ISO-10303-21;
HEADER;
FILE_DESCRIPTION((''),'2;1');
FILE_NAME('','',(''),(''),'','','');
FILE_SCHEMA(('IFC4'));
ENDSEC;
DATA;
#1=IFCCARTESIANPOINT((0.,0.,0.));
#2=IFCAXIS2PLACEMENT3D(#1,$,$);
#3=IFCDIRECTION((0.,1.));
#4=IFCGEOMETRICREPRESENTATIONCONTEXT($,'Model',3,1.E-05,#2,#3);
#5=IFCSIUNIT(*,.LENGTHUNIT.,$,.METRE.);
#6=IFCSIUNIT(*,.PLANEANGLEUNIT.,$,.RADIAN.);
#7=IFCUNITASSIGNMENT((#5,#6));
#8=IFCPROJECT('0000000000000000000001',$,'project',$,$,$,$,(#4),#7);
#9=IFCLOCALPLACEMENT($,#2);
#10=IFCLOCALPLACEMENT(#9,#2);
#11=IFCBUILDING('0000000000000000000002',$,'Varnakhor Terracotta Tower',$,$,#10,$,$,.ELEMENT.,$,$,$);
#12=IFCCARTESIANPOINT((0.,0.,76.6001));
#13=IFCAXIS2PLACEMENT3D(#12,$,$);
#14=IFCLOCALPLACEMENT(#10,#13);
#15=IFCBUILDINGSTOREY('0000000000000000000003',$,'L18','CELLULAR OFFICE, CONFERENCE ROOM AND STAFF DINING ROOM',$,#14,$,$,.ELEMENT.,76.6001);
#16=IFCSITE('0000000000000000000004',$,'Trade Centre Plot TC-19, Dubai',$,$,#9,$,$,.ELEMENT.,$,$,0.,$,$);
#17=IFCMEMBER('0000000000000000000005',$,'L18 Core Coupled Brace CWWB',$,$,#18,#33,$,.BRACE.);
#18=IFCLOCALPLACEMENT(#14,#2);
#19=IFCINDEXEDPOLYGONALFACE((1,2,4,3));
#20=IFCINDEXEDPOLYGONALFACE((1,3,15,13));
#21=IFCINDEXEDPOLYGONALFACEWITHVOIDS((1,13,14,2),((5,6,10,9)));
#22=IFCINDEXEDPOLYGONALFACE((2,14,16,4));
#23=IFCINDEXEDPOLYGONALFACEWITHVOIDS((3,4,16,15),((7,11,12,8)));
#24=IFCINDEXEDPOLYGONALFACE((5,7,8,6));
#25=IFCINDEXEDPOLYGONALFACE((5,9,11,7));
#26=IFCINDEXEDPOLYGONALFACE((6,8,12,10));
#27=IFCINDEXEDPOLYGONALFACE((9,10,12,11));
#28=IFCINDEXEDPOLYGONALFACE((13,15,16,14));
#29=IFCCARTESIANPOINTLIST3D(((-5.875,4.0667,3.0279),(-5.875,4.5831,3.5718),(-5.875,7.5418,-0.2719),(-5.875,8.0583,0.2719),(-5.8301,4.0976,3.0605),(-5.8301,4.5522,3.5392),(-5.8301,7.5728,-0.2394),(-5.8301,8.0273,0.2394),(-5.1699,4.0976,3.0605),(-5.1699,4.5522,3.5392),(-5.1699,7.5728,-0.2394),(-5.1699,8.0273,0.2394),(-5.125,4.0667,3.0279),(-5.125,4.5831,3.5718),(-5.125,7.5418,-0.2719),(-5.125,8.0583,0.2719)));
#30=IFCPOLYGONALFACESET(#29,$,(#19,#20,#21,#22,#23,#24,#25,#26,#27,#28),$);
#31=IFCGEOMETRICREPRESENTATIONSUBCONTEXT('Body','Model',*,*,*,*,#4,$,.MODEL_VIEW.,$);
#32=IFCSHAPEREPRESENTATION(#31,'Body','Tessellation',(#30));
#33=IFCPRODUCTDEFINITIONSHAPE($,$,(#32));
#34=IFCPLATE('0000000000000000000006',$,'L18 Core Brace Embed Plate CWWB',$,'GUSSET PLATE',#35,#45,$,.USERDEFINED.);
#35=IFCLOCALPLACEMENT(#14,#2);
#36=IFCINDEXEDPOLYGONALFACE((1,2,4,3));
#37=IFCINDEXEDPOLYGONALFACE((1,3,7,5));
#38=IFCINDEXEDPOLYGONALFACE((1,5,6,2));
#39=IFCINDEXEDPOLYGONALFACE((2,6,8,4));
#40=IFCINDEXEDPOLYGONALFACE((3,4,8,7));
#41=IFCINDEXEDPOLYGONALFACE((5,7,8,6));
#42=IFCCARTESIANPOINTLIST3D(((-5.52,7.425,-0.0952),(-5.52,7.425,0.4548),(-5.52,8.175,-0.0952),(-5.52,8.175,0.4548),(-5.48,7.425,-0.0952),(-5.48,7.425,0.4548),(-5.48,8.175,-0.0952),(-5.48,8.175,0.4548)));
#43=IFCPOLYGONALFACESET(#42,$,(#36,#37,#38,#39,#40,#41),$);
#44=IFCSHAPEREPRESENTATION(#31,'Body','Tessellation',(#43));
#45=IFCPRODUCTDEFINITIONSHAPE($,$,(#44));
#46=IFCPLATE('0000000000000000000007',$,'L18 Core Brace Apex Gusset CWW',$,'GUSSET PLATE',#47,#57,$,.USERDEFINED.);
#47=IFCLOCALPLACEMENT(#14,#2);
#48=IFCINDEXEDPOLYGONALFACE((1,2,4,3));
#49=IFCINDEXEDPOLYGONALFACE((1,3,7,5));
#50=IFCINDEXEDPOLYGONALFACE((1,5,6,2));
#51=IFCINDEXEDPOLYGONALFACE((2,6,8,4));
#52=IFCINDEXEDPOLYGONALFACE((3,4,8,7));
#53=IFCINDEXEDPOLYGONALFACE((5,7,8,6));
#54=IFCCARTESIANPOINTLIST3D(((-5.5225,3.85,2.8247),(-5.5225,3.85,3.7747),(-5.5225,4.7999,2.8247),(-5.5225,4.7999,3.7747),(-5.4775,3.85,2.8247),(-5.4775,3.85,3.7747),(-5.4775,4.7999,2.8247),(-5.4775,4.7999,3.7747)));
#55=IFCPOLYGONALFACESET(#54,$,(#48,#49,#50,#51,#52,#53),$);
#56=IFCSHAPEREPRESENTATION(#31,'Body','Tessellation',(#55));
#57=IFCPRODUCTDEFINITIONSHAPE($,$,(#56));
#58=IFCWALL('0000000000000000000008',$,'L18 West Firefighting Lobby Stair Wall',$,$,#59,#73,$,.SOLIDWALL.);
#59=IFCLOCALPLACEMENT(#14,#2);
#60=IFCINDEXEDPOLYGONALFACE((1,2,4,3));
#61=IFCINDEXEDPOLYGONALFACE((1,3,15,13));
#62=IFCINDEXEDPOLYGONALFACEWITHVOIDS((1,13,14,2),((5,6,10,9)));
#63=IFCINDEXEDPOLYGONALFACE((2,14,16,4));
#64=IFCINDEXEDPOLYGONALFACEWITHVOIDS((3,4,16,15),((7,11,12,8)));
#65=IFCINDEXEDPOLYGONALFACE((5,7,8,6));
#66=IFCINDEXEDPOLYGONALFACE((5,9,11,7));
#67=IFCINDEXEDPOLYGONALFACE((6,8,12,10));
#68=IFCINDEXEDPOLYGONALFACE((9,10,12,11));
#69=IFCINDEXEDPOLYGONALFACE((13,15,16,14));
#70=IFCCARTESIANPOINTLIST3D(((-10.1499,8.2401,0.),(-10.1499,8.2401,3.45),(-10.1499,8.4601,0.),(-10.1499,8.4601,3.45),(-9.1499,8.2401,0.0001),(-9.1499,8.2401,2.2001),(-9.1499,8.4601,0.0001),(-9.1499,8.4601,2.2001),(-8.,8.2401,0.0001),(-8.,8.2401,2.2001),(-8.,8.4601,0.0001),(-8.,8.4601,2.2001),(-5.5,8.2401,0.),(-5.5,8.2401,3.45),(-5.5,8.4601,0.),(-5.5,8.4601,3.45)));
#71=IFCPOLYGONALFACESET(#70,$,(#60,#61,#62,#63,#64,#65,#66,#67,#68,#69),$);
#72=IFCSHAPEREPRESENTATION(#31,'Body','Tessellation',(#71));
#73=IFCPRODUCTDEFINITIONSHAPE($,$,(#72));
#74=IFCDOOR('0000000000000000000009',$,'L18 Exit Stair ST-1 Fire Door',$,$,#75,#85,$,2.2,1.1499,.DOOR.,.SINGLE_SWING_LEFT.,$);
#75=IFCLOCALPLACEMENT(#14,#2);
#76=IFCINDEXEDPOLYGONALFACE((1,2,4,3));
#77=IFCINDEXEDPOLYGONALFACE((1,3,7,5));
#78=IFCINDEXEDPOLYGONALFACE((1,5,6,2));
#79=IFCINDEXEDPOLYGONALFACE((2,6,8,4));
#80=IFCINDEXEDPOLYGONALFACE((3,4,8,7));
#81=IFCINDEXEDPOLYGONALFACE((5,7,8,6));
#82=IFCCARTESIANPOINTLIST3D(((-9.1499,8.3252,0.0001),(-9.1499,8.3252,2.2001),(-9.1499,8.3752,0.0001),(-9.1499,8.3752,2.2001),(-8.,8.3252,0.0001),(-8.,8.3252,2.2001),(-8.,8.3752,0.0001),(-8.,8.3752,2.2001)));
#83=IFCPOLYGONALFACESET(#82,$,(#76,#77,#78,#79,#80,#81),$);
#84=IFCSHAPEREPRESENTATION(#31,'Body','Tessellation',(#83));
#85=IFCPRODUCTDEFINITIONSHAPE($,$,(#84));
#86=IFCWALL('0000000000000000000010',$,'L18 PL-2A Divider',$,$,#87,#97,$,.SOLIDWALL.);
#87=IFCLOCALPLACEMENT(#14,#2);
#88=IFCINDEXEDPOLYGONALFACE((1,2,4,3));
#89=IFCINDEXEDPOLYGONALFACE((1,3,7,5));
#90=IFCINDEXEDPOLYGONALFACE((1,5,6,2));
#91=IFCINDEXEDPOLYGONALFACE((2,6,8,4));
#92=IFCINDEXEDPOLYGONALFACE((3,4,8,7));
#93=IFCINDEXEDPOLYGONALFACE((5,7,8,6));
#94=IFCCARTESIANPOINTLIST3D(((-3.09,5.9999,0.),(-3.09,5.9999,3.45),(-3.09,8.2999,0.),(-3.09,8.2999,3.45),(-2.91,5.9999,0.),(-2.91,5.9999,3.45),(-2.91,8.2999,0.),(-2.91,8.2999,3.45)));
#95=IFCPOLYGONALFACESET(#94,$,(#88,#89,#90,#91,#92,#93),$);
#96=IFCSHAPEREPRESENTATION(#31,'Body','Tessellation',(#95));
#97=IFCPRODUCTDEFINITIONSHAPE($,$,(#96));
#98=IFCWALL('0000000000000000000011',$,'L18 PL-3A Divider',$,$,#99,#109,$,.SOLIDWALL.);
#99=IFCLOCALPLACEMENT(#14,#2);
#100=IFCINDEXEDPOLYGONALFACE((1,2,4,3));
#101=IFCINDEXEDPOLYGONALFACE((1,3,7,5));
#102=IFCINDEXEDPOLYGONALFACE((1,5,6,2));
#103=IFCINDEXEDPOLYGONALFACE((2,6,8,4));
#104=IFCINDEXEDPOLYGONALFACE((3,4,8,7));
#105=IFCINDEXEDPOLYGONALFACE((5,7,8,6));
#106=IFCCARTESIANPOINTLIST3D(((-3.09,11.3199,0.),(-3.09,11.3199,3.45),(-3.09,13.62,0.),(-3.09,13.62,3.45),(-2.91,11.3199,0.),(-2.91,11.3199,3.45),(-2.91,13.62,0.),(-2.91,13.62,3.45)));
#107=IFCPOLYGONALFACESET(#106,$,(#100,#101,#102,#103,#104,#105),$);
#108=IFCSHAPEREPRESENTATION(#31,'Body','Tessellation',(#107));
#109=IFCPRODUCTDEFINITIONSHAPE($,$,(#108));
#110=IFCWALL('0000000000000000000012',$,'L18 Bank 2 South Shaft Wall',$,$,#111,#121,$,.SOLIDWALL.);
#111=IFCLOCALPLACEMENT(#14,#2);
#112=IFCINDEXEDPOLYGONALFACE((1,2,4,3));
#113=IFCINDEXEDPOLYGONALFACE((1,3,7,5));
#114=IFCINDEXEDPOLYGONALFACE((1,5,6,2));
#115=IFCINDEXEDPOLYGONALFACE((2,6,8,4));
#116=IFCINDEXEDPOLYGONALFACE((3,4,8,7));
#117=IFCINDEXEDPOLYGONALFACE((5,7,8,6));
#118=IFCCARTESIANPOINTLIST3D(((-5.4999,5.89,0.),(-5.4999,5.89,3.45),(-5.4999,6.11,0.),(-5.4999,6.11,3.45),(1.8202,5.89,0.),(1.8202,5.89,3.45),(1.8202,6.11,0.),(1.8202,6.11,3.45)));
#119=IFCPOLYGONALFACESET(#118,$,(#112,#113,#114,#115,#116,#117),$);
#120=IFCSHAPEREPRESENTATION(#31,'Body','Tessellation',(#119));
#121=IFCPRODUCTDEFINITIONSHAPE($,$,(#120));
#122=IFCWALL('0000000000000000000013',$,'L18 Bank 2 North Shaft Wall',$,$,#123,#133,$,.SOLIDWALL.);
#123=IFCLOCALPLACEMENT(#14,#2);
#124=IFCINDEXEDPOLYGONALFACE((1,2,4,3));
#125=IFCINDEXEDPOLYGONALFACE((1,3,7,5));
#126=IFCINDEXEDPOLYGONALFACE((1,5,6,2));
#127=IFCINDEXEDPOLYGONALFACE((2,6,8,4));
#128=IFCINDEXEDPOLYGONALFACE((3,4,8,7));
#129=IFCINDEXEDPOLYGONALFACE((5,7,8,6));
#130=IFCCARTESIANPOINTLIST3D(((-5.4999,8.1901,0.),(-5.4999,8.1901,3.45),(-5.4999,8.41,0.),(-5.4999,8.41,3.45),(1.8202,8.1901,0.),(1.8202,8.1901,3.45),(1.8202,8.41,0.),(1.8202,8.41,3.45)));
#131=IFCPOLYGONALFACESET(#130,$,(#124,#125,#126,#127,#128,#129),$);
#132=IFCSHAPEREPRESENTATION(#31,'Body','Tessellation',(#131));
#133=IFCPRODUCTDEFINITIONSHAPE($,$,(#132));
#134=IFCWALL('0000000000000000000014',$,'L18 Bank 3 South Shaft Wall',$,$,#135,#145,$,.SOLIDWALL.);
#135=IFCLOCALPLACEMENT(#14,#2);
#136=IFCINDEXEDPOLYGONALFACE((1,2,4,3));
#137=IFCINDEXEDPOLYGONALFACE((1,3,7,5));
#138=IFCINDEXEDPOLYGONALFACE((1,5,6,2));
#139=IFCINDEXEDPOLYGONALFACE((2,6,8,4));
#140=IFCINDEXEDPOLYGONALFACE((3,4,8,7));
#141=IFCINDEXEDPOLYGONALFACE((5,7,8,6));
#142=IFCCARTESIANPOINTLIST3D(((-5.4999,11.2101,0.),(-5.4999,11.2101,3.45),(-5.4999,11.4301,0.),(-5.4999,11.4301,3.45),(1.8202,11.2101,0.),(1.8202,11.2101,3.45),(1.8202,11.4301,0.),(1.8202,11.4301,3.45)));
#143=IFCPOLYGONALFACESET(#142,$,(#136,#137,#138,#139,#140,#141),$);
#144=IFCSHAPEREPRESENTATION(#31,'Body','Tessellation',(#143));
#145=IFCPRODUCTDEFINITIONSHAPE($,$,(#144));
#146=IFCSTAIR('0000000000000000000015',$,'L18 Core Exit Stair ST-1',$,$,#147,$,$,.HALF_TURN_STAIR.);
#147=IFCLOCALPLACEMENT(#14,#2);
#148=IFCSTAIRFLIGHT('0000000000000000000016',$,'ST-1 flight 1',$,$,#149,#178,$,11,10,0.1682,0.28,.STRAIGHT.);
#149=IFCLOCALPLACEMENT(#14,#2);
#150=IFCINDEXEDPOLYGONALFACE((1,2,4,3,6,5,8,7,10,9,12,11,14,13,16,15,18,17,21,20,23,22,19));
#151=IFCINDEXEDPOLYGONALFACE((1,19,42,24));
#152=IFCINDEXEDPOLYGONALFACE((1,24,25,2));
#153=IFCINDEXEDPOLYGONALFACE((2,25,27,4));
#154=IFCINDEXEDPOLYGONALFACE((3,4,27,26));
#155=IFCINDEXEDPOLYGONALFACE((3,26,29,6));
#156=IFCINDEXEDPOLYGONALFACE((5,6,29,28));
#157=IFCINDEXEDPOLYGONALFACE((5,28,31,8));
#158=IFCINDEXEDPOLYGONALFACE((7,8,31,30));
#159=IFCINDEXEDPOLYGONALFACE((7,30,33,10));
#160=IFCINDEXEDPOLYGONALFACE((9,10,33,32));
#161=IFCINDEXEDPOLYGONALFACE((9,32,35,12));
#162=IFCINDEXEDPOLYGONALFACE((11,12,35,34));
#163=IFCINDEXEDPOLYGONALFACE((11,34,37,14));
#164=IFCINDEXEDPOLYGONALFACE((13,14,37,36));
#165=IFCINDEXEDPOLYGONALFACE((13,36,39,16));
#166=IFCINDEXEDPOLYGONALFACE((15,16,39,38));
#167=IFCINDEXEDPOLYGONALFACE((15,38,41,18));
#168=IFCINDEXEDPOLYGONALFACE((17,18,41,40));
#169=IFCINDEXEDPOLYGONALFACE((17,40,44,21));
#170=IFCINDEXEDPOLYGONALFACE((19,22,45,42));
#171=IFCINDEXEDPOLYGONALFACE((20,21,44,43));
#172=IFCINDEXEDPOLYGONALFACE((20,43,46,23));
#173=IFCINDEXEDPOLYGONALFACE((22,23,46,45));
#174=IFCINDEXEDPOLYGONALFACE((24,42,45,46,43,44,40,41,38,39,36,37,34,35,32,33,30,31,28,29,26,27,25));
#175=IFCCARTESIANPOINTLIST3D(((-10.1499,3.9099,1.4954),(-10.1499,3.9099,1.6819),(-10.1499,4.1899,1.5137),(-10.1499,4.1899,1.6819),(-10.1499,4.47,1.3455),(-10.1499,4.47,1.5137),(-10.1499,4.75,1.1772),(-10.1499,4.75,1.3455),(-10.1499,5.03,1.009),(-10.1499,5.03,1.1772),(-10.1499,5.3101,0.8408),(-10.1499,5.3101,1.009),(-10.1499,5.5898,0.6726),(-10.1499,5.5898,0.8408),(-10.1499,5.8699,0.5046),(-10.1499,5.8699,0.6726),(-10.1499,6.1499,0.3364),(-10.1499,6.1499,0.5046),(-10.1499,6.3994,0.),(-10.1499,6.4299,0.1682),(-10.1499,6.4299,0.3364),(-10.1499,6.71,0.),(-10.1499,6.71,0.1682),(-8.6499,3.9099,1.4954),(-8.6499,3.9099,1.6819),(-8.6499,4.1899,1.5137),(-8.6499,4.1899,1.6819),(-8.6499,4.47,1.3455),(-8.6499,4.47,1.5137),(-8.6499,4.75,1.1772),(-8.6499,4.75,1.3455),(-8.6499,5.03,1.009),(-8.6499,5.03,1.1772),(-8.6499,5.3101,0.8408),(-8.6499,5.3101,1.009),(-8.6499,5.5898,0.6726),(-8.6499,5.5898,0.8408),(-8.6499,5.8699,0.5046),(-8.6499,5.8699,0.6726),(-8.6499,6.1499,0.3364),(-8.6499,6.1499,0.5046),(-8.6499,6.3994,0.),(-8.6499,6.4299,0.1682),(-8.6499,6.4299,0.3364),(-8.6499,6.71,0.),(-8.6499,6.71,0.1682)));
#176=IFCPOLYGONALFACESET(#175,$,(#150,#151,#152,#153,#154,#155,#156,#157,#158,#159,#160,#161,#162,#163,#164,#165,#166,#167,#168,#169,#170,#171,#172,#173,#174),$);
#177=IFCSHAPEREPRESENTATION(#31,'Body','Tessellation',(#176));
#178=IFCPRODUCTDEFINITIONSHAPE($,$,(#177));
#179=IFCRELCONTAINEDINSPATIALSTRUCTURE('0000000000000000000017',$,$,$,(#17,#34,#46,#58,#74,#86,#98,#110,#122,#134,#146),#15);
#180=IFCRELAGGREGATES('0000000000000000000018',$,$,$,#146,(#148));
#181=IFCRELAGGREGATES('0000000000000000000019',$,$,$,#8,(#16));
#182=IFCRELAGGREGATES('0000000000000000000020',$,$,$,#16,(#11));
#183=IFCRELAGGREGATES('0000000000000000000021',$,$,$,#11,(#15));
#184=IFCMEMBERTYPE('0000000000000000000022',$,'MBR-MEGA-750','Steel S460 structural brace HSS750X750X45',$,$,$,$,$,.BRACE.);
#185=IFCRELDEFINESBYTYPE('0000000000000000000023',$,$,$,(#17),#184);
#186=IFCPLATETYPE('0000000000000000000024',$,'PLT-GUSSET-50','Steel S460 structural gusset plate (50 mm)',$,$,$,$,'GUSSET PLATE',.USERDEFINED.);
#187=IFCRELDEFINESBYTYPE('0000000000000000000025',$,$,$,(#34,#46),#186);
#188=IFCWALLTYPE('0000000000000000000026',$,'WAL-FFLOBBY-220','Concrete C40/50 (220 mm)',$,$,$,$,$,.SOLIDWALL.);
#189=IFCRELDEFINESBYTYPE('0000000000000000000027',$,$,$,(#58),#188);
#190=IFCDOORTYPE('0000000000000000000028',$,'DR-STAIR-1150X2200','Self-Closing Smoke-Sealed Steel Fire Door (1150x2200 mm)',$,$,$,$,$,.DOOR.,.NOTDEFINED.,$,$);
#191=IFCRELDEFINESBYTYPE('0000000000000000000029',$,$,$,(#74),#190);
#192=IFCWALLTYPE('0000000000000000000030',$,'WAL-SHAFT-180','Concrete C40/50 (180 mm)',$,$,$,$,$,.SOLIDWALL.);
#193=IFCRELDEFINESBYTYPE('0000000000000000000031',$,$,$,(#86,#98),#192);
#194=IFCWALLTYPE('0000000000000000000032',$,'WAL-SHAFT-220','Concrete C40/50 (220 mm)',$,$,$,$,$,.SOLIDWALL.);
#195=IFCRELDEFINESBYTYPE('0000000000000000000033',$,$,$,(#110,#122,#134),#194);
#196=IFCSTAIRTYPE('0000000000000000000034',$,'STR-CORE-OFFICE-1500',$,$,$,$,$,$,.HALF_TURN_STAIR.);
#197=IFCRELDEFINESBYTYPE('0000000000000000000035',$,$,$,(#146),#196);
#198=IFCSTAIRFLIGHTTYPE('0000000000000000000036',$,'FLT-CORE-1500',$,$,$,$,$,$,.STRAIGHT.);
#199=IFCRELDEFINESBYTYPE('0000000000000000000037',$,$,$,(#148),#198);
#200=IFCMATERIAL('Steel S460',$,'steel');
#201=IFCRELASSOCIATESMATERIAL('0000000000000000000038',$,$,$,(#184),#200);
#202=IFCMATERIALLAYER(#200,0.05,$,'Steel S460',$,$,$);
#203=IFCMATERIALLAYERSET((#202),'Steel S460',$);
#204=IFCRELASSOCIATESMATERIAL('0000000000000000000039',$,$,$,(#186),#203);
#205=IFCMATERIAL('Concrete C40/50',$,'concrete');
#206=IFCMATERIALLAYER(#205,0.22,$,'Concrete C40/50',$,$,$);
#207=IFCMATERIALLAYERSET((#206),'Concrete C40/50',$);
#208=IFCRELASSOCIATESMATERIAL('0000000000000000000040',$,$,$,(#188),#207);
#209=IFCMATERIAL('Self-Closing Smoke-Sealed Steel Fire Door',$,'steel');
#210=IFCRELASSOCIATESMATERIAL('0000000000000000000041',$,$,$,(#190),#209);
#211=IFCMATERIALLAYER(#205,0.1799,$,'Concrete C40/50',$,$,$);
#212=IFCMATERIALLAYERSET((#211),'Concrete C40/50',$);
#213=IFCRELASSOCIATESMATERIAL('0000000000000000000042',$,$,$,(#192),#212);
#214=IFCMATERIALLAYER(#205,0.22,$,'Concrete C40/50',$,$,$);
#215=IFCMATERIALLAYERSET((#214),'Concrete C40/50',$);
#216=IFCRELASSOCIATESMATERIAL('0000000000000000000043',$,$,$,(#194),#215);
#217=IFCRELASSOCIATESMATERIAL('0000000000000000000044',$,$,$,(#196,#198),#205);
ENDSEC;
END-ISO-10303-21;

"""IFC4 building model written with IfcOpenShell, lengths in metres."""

from ifc_helpers import new_model, si_unit, direction, frame, frame_2d, origin, origin_2d, place, context, subcontext, project, spatial, polyline, rectangle, hollow_rectangle, outline, extrude, source, transform, mapped, material, layer, layer_set, material_profile, profile_set, type_object, type_shapes, element, fill, aggregate, save


model = new_model("IFC4")

# Units and contexts
model_context = context("Model", 3, precision=1e-05, world=origin(), true_north=direction((0.0, 1.0)))
body_context = subcontext(model_context, "Body", "Model", "MODEL_VIEW")
ifc_project = project(units=[si_unit("LENGTHUNIT", "METRE"), si_unit("PLANEANGLEUNIT", "RADIAN")], contexts=[model_context])

# Site, building, storey
site_placement = place(None, origin())
site = spatial("IfcSite", under=ifc_project, at=site_placement, Name="Trade Centre Plot TC-19, Dubai", CompositionType="ELEMENT", RefElevation=0.0)
building_placement = place(site_placement, origin())
building = spatial("IfcBuilding", under=site, at=building_placement, Name="Varnakhor Terracotta Tower", CompositionType="ELEMENT")
storey_placement = place(building_placement, frame((0.0, 0.0, 76.6001)))
storey = spatial("IfcBuildingStorey", under=building, at=storey_placement, Name="L18", Description="CELLULAR OFFICE, CONFERENCE ROOM AND STAFF DINING ROOM", CompositionType="ELEMENT", Elevation=76.6001)

# Member
ifc_material_1 = material(Name="Steel S460", Category="steel")
ifc_material_profile = material_profile(ifc_material_1, hollow_rectangle(XDim=0.75, YDim=0.75, WallThickness=0.0449, at=origin_2d()), Name="HSS750X750X45")
ifc_profile_set = profile_set([ifc_material_profile], Name="Steel S460")
member_type = type_object("IfcMemberType", Name="MBR-MEGA-750", Description="Steel S460 structural brace HSS750X750X45", PredefinedType="BRACE", material=ifc_profile_set)
shared_shape_1 = source(origin(), body_context, "Body", "SweptSolid", [
    extrude(hollow_rectangle(XDim=0.75, YDim=0.75, WallThickness=0.0449, at=origin_2d()), origin(), (0.0, 0.0, 1.0), 4.7922),
])
member_placement = place(storey_placement, frame((-5.5, 7.8, 0.0), z_axis=(0.0, -0.72516, 0.688581), x_axis=(1.0, 0.0, 0.0)))
element("IfcMember", 1, at=member_placement, inside=storey, type_object=member_type, Name="L18 Core Coupled Brace CWWB", PredefinedType="BRACE", context=body_context, shape_type="MappedRepresentation", body=[
    mapped(shared_shape_1, transform((0.0, 0.0, 0.0), scale=1.0)),
])

# Plates
ifc_layer_1 = layer(ifc_material_1, 0.05, Name="Steel S460")
ifc_layer_set_1 = layer_set([ifc_layer_1], Name="Steel S460")
plate_type = type_object("IfcPlateType", Name="PLT-GUSSET-50", Description="Steel S460 structural gusset plate (50 mm)", ElementType="GUSSET PLATE", PredefinedType="USERDEFINED", material=ifc_layer_set_1)
shared_shape_2 = source(origin(), body_context, "Body", "SweptSolid", [
    extrude(rectangle(XDim=0.75, YDim=0.04, at=origin_2d()), origin(), (0.0, 0.0, 1.0), 0.55),
])
type_shapes(plate_type, [shared_shape_2])
plate_1_placement = place(storey_placement, frame((-5.5, 7.8, -0.0952), z_axis=(0.0, 0.0, 1.0), x_axis=(0.0, 1.0, 0.0)))
element("IfcPlate", 2, at=plate_1_placement, inside=storey, type_object=plate_type, Name="L18 Core Brace Embed Plate CWWB", ObjectType="GUSSET PLATE", PredefinedType="USERDEFINED", context=body_context, shape_type="MappedRepresentation", body=[
    mapped(shared_shape_2, transform((0.0, 0.0, 0.0), scale=1.0)),
])
shared_shape_3 = source(origin(), body_context, "Body", "SweptSolid", [
    extrude(rectangle(XDim=0.95, YDim=0.0449, at=origin_2d()), origin(), (0.0, 0.0, 1.0), 0.95),
])
plate_2_placement = place(storey_placement, frame((-5.5, 4.325, 2.8247), z_axis=(0.0, 0.0, 1.0), x_axis=(0.0, 1.0, 0.0)))
element("IfcPlate", 3, at=plate_2_placement, inside=storey, type_object=plate_type, Name="L18 Core Brace Apex Gusset CWW", ObjectType="GUSSET PLATE", PredefinedType="USERDEFINED", context=body_context, shape_type="MappedRepresentation", body=[
    mapped(shared_shape_3, transform((0.0, 0.0, 0.0), scale=1.0)),
])

# Wall, opening, door
ifc_material_2 = material(Name="Concrete C40/50", Category="concrete")
ifc_layer_2 = layer(ifc_material_2, 0.22, Name="Concrete C40/50")
ifc_layer_set_2 = layer_set([ifc_layer_2], Name="Concrete C40/50")
wall_type_1 = type_object("IfcWallType", Name="WAL-FFLOBBY-220", Description="Concrete C40/50 (220 mm)", PredefinedType="SOLIDWALL", material=ifc_layer_set_2)
wall_placement = place(storey_placement, frame((-5.5, 8.3501, 0.0), z_axis=(0.0, 0.0, 1.0), x_axis=(-1.0, 0.0, 0.0)))
wall = element("IfcWall", 4, at=wall_placement, inside=storey, type_object=wall_type_1, Name="L18 West Firefighting Lobby Stair Wall", PredefinedType="SOLIDWALL", context=body_context, shape_type="SweptSolid", body=[
    extrude(rectangle(XDim=4.6499, YDim=0.22, at=frame_2d((2.325, 0.0))), origin(), (0.0, 0.0, 1.0), 3.45),
])
opening_placement = place(wall_placement, frame((2.5, 0.0, 0.0)))
opening = element("IfcOpeningElement", 5, at=opening_placement, cuts=wall, PredefinedType="OPENING", context=body_context, shape_type="SweptSolid", body=[
    extrude(rectangle(XDim=1.1499, YDim=2.2, at=frame_2d((0.575, 1.1001))), frame((0.0, 0.1201, 0.0), z_axis=(0.0, -1.0, 0.0), x_axis=(1.0, 0.0, 0.0)), (0.0, 0.0, 1.0), 0.24),
])
ifc_material_3 = material(Name="Self-Closing Smoke-Sealed Steel Fire Door", Category="steel")
door_type = type_object("IfcDoorType", Name="DR-STAIR-1150X2200", Description="Self-Closing Smoke-Sealed Steel Fire Door (1150x2200 mm)", OperationType="NOTDEFINED", PredefinedType="DOOR", material=ifc_material_3)
shared_shape_4 = source(origin(), body_context, "Body", "SweptSolid", [
    extrude(rectangle(XDim=1.1499, YDim=2.2, at=frame_2d((0.575, 1.1001))), frame((0.0, 0.0249, 0.0), z_axis=(0.0, -1.0, 0.0), x_axis=(1.0, 0.0, 0.0)), (0.0, 0.0, 1.0), 0.05),
])
type_shapes(door_type, [shared_shape_4])
door_placement = place(opening_placement, origin())
door = element("IfcDoor", 6, at=door_placement, inside=storey, type_object=door_type, Name="L18 Exit Stair ST-1 Fire Door", OperationType="SINGLE_SWING_LEFT", OverallHeight=2.2, OverallWidth=1.1499, PredefinedType="DOOR", context=body_context, shape_type="MappedRepresentation", body=[
    mapped(shared_shape_4, transform((0.0, 0.0, 0.0), scale=1.0)),
])
fill(opening, door)

# Walls
ifc_layer_3 = layer(ifc_material_2, 0.1799, Name="Concrete C40/50")
ifc_layer_set_3 = layer_set([ifc_layer_3], Name="Concrete C40/50")
wall_type_2 = type_object("IfcWallType", Name="WAL-SHAFT-180", Description="Concrete C40/50 (180 mm)", PredefinedType="SOLIDWALL", material=ifc_layer_set_3)
for number, where, z_axis, x_axis, name in (
    (7, (-3.0, 6.0, 0.0), (0.0, 0.0, 1.0), (0.0, 1.0, 0.0), "L18 PL-2A Divider"),
    (8, (-3.0, 11.3201, 0.0), (0.0, 0.0, 1.0), (0.0, 1.0, 0.0), "L18 PL-3A Divider"),
):
    element("IfcWall", number, at=place(storey_placement, frame(where, z_axis=z_axis, x_axis=x_axis)), inside=storey, type_object=wall_type_2, Name=name, PredefinedType="SOLIDWALL", context=body_context, shape_type="SweptSolid", body=[
        extrude(rectangle(XDim=2.3, YDim=0.1799, at=frame_2d((1.1499, 0.0))), origin(), (0.0, 0.0, 1.0), 3.45),
    ])
ifc_layer_4 = layer(ifc_material_2, 0.22, Name="Concrete C40/50")
ifc_layer_set_4 = layer_set([ifc_layer_4], Name="Concrete C40/50")
wall_type_3 = type_object("IfcWallType", Name="WAL-SHAFT-220", Description="Concrete C40/50 (220 mm)", PredefinedType="SOLIDWALL", material=ifc_layer_set_4)
for number, where, z_axis, x_axis, name in (
    (9, (-5.5, 6.0, 0.0), (0.0, 0.0, 1.0), (1.0, 0.0, 0.0), "L18 Bank 2 South Shaft Wall"),
    (10, (-5.5, 8.3, 0.0), (0.0, 0.0, 1.0), (1.0, 0.0, 0.0), "L18 Bank 2 North Shaft Wall"),
    (11, (-5.5, 11.3201, 0.0), (0.0, 0.0, 1.0), (1.0, 0.0, 0.0), "L18 Bank 3 South Shaft Wall"),
):
    element("IfcWall", number, at=place(storey_placement, frame(where, z_axis=z_axis, x_axis=x_axis)), inside=storey, type_object=wall_type_3, Name=name, PredefinedType="SOLIDWALL", context=body_context, shape_type="SweptSolid", body=[
        extrude(rectangle(XDim=7.3201, YDim=0.22, at=frame_2d((3.6602, 0.0))), origin(), (0.0, 0.0, 1.0), 3.45),
    ])

# Stair, stair flight
stair_type = type_object("IfcStairType", Name="STR-CORE-OFFICE-1500", PredefinedType="HALF_TURN_STAIR", material=ifc_material_2)
stair_placement = place(storey_placement, origin())
stair = element("IfcStair", 12, at=stair_placement, inside=storey, type_object=stair_type, Name="L18 Core Exit Stair ST-1", PredefinedType="HALF_TURN_STAIR")
stair_flight_type = type_object("IfcStairFlightType", Name="FLT-CORE-1500", PredefinedType="STRAIGHT", material=ifc_material_2)
stair_flight_1_placement = place(storey_placement, frame((-9.3999, 6.71, 0.0), z_axis=(0.0, 0.0, 1.0), x_axis=(0.0, -1.0, 0.0)))
stair_flight_1 = element("IfcStairFlight", 13, at=stair_flight_1_placement, type_object=stair_flight_type, Name="ST-1 flight 1", NumberOfRisers=11, NumberOfTreads=10, PredefinedType="STRAIGHT", RiserHeight=0.1682, TreadLength=0.28, context=body_context, shape_type="SweptSolid", body=[
    extrude(outline(polyline([(0.0, 0.0), (0.0, 0.1682), (0.28, 0.1682), (0.28, 0.3364), (0.5601, 0.3364), (0.5601, 0.5046), (0.8401, 0.5046), (0.8401, 0.6726), (1.1201, 0.6726), (1.1201, 0.8408), (1.3999, 0.8408), (1.3999, 1.009), (1.6799, 1.009), (1.6799, 1.1772), (1.96, 1.1772), (1.96, 1.3455), (2.24, 1.3455), (2.24, 1.5137), (2.52, 1.5137), (2.52, 1.6819), (2.8, 1.6819), (2.8, 1.8501), (2.8, 1.4954), (0.3105, 0.0), (0.0, 0.0)])), frame((0.0, 0.75, 0.0), z_axis=(0.0, -1.0, 0.0), x_axis=(1.0, 0.0, 0.0)), (0.0, 0.0, 1.0), 1.5),
])
aggregate(stair, [stair_flight_1])

save(model, "model.ifc")
